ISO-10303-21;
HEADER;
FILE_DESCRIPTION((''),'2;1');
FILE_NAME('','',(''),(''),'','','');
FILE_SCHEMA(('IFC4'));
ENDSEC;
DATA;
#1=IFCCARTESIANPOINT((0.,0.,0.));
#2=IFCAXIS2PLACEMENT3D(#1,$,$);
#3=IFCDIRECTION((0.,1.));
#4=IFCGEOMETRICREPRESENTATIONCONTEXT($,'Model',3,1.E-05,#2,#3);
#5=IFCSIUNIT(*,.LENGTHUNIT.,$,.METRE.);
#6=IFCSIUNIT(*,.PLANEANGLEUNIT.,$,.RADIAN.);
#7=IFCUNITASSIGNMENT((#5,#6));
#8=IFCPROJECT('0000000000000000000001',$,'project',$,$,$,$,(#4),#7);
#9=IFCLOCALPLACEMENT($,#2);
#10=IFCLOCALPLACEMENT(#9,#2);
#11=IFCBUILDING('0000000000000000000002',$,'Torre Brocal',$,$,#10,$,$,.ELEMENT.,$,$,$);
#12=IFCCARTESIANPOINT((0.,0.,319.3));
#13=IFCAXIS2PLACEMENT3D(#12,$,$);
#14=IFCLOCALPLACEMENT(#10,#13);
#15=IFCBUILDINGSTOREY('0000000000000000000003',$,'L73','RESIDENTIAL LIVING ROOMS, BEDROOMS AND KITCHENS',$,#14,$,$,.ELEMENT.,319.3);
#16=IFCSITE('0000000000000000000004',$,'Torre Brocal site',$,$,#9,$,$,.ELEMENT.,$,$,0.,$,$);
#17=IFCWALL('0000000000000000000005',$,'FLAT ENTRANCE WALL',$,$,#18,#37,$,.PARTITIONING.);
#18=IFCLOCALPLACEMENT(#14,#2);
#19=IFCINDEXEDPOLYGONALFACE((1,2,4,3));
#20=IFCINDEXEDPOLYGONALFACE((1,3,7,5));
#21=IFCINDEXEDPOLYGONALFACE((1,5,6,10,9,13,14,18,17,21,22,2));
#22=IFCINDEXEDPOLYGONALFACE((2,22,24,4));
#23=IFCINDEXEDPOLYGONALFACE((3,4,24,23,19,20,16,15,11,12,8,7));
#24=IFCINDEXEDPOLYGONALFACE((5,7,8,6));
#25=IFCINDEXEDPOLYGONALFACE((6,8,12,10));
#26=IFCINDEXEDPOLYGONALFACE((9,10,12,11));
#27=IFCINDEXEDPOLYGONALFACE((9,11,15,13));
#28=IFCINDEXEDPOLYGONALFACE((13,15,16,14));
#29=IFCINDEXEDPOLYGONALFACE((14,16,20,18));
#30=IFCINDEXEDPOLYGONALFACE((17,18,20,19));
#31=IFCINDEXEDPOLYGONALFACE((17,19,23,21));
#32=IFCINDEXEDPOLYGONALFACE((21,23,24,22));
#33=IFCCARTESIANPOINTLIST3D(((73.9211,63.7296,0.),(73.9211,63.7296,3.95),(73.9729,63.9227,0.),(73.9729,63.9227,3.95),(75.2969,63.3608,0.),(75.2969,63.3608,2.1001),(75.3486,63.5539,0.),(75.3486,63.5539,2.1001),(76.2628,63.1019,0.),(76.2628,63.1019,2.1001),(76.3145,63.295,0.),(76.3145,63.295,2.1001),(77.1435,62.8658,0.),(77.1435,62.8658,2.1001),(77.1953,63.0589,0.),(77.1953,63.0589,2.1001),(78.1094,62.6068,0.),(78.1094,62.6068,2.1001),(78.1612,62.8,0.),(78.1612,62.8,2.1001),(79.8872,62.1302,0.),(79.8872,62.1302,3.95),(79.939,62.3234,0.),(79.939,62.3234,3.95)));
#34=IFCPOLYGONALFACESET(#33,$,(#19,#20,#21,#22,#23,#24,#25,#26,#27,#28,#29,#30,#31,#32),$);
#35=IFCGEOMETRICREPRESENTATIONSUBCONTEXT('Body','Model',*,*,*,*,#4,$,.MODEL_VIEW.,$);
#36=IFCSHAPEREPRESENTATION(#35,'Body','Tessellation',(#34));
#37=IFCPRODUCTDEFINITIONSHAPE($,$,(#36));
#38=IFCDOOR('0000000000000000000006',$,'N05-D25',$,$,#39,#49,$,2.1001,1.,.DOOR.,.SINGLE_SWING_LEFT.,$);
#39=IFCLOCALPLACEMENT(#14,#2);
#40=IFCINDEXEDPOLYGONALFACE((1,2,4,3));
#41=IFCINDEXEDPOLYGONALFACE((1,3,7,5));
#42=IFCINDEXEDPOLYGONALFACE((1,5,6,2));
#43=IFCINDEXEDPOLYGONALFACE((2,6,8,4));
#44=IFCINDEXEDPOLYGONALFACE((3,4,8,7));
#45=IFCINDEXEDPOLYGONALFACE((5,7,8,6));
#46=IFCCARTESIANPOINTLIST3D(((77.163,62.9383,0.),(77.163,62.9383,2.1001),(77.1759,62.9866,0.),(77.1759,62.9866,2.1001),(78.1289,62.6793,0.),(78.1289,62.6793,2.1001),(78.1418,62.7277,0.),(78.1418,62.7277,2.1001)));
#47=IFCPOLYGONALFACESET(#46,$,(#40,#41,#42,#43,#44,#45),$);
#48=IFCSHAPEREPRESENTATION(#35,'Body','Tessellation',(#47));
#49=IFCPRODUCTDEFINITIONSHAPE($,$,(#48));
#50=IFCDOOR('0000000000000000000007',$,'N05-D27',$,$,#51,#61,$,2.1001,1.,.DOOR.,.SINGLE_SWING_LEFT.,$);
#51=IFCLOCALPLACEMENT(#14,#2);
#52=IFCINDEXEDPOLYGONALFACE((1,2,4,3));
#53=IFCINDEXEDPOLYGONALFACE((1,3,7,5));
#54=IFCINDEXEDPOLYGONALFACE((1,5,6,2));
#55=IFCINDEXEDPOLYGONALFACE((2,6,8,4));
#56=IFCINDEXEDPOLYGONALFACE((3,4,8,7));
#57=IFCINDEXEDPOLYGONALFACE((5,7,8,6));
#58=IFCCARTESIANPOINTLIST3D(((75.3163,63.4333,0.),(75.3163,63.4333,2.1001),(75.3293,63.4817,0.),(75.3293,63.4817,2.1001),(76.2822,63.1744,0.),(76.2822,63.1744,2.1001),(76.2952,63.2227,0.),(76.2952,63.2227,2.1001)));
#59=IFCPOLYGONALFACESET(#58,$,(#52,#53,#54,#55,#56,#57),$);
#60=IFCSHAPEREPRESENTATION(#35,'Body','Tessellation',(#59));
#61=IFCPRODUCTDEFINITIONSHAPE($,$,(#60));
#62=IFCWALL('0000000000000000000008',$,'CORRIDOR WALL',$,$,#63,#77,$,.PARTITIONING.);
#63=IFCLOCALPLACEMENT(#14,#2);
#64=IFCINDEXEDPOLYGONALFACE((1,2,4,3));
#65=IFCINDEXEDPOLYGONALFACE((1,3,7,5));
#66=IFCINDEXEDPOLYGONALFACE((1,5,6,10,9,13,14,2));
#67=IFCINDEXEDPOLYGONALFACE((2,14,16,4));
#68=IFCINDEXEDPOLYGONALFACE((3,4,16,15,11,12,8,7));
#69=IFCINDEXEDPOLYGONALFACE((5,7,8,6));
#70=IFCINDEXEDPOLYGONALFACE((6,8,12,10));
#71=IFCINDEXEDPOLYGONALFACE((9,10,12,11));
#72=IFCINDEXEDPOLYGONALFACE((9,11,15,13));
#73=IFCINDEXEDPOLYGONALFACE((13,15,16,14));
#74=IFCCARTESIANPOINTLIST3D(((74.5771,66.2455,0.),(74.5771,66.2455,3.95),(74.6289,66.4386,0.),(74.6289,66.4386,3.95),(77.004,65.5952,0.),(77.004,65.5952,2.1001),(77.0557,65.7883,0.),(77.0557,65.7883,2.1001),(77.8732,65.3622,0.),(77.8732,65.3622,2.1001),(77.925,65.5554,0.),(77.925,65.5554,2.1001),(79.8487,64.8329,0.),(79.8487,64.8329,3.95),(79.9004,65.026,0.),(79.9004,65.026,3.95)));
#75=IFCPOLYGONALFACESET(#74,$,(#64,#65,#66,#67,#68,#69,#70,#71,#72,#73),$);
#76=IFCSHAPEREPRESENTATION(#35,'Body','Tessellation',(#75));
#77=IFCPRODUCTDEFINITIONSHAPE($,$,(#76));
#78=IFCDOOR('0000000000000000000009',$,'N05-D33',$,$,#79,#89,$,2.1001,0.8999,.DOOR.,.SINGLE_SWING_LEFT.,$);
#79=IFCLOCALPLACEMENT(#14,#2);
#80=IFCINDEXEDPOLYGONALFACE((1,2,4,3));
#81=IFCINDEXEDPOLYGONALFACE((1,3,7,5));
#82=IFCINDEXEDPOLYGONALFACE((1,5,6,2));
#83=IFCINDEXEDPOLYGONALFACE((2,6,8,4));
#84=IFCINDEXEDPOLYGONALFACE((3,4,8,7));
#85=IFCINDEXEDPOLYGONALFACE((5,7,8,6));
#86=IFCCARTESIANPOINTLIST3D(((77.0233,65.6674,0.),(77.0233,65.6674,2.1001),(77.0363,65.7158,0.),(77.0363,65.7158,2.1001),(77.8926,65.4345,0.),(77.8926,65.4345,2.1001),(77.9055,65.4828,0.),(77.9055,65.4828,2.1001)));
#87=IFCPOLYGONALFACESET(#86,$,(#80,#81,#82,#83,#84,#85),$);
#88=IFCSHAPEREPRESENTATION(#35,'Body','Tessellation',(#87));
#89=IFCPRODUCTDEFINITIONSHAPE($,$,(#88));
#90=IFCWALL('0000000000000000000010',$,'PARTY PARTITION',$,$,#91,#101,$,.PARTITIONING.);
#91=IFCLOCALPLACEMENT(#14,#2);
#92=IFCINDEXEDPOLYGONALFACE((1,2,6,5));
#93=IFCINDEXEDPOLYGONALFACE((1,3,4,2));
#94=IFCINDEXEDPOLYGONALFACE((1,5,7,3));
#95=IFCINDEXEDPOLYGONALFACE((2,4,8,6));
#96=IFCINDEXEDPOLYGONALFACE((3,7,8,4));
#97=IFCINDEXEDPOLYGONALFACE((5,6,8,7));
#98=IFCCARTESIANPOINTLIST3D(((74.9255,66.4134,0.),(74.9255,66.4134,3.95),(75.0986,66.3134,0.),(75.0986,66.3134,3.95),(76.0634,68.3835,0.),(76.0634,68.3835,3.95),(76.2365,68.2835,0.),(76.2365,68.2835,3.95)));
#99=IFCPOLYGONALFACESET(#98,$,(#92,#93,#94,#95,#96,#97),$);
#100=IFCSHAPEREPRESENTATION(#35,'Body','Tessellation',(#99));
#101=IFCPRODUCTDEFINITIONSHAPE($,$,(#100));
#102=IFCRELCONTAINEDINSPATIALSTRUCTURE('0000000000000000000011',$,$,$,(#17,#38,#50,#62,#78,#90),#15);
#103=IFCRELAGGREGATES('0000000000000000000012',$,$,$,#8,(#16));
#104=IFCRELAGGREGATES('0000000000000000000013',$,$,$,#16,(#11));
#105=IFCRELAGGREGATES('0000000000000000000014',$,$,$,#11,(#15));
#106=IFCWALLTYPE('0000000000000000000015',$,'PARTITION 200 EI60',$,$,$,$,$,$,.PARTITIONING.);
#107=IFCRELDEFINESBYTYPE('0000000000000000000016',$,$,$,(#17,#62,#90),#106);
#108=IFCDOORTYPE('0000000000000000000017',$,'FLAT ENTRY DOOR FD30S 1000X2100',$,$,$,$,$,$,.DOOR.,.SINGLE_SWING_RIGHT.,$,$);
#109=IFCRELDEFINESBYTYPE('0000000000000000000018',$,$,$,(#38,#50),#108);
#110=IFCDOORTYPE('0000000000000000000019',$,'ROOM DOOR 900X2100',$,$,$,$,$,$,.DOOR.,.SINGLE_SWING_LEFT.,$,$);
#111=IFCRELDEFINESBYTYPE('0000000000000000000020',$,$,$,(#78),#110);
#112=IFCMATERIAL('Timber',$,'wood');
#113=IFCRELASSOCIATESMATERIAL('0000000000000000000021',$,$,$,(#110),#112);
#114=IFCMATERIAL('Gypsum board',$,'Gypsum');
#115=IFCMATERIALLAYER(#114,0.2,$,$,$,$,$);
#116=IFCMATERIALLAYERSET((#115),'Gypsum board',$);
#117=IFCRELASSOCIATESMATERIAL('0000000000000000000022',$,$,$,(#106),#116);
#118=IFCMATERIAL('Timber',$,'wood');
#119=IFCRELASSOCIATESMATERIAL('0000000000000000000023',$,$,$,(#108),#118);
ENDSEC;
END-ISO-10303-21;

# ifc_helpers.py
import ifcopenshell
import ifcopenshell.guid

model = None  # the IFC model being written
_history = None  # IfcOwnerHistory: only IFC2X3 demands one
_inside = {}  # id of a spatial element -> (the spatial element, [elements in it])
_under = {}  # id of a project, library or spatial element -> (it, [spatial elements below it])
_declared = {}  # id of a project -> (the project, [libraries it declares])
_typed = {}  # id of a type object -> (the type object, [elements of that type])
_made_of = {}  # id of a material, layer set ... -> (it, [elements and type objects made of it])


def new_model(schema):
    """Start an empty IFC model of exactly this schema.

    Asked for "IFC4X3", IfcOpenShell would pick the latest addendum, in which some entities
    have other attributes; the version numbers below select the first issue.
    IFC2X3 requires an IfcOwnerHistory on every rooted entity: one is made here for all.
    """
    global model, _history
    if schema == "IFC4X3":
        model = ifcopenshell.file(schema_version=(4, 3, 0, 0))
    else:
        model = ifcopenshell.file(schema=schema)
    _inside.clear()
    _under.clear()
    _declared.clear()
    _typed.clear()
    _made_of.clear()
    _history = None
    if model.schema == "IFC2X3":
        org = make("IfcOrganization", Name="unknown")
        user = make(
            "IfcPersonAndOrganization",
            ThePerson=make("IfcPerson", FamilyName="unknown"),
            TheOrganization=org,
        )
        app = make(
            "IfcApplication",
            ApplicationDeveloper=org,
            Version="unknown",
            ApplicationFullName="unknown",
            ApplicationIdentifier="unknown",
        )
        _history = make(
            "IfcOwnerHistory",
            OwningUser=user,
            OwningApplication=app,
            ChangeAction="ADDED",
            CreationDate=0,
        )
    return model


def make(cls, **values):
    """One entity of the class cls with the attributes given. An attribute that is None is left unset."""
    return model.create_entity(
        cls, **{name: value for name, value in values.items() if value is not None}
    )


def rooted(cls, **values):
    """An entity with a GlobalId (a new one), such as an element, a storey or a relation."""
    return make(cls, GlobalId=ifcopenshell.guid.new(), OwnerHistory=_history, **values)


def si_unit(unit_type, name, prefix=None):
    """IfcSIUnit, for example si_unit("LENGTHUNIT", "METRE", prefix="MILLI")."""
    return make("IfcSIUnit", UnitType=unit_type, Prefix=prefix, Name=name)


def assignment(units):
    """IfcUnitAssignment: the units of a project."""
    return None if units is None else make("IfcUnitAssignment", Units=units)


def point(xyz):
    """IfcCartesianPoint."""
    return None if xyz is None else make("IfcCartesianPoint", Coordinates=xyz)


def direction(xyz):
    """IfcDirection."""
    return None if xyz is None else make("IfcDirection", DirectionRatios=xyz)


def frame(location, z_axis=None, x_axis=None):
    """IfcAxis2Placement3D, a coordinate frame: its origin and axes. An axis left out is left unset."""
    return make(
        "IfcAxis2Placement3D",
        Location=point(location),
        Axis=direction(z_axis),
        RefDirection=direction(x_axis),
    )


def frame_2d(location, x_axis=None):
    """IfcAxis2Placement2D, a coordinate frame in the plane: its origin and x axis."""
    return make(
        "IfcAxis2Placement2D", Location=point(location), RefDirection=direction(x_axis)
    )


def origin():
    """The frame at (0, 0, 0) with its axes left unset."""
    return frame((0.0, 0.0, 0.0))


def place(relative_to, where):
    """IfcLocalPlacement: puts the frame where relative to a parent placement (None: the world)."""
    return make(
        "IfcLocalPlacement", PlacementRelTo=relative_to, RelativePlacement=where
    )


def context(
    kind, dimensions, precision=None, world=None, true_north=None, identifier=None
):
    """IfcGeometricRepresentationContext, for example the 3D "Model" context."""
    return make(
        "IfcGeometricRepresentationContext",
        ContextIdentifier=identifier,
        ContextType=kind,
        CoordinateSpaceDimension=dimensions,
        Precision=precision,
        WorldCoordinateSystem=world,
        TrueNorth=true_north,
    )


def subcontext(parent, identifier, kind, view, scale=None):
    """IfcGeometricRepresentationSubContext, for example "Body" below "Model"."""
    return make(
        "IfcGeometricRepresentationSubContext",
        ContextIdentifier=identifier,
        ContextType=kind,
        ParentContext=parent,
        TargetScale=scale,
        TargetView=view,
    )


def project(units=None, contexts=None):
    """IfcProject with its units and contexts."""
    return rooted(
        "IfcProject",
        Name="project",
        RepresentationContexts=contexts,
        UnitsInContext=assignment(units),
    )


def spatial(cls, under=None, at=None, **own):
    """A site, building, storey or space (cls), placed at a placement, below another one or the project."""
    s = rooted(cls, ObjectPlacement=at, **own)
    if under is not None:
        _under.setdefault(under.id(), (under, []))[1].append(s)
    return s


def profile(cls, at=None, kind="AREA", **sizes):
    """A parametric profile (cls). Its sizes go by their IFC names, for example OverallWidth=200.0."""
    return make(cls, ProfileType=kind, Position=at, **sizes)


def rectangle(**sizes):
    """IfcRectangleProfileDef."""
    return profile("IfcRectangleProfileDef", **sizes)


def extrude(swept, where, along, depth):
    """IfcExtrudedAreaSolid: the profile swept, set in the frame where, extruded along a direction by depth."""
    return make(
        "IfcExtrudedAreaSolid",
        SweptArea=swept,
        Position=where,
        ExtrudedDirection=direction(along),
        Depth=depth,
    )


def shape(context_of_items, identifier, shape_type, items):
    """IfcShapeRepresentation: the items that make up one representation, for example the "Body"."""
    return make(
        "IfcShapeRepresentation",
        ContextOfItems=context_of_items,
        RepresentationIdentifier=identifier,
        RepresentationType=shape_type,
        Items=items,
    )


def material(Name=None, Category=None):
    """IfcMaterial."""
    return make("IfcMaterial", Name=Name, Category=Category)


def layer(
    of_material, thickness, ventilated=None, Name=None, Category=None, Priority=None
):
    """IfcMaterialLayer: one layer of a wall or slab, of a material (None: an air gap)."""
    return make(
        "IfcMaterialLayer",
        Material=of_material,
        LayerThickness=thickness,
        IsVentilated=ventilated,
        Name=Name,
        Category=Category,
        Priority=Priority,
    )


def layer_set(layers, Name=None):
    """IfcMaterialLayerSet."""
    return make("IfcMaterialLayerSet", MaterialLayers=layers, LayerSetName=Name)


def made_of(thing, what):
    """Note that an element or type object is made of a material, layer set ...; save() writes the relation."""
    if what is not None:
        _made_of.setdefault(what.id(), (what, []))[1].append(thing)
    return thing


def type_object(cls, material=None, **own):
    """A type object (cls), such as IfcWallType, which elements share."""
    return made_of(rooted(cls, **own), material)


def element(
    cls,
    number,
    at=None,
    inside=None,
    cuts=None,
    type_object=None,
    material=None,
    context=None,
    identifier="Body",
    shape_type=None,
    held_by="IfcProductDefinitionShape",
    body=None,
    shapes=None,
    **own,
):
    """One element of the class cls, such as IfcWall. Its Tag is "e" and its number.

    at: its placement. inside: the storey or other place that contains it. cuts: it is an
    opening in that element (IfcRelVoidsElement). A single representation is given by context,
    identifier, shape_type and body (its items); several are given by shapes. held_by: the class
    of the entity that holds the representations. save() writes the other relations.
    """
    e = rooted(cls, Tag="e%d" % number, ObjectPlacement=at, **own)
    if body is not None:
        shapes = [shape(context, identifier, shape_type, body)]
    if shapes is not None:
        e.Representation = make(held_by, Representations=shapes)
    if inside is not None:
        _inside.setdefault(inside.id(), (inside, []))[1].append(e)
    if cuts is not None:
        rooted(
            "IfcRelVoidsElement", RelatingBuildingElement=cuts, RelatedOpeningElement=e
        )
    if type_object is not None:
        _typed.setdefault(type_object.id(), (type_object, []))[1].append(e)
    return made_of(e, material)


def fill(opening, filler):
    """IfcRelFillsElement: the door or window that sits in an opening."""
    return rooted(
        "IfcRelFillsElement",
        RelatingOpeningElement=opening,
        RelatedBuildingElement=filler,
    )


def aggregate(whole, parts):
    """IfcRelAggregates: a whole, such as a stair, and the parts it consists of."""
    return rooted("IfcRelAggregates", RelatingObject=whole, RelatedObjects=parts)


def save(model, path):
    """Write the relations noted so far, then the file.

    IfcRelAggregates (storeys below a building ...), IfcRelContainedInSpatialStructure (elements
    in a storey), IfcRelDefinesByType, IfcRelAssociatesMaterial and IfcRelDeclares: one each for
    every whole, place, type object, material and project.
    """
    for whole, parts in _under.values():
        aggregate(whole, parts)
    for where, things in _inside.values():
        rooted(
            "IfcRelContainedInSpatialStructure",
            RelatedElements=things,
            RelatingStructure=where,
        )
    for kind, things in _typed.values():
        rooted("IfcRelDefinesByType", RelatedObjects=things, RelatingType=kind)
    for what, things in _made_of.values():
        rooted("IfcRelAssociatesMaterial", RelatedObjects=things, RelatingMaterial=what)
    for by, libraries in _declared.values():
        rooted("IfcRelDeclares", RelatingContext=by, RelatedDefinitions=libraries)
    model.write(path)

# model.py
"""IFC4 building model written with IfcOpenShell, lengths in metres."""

from ifc_helpers import new_model, si_unit, direction, frame, frame_2d, origin, place, context, subcontext, project, spatial, rectangle, extrude, material, layer, layer_set, type_object, element, fill, save


model = new_model("IFC4")

# Units and contexts
model_context = context("Model", 3, precision=1e-05, world=origin(), true_north=direction((0.0, 1.0)))
body_context = subcontext(model_context, "Body", "Model", "MODEL_VIEW")
ifc_project = project(units=[si_unit("LENGTHUNIT", "METRE"), si_unit("PLANEANGLEUNIT", "RADIAN")], contexts=[model_context])

# Site, building, storey
site_placement = place(None, origin())
site = spatial("IfcSite", under=ifc_project, at=site_placement, Name="Torre Brocal site", CompositionType="ELEMENT", RefElevation=0.0)
building_placement = place(site_placement, origin())
building = spatial("IfcBuilding", under=site, at=building_placement, Name="Torre Brocal", CompositionType="ELEMENT")
storey_placement = place(building_placement, frame((0.0, 0.0, 319.3)))
storey = spatial("IfcBuildingStorey", under=building, at=storey_placement, Name="L73", Description="RESIDENTIAL LIVING ROOMS, BEDROOMS AND KITCHENS", CompositionType="ELEMENT", Elevation=319.3)

# Shared definitions
ifc_material_1 = material(Name="Timber", Category="wood")
door_type_1 = type_object("IfcDoorType", Name="ROOM DOOR 900X2100", OperationType="SINGLE_SWING_LEFT", PredefinedType="DOOR", material=ifc_material_1)

# Wall, openings, doors
ifc_material_2 = material(Name="Gypsum board", Category="Gypsum")
ifc_layer_1 = layer(ifc_material_2, 0.2)
ifc_layer_set_1 = layer_set([ifc_layer_1], Name="Gypsum board")
wall_type_1 = type_object("IfcWallType", Name="PARTITION 200 EI60", PredefinedType="PARTITIONING", material=ifc_layer_set_1)
wall_1_placement = place(storey_placement, frame((73.947, 63.8262, 0.0), z_axis=(0.0, 0.0, 1.0), x_axis=(0.965895, -0.258934, 0.0)))
wall_1 = element("IfcWall", 1, at=wall_1_placement, inside=storey, type_object=wall_type_1, Name="FLAT ENTRANCE WALL", PredefinedType="PARTITIONING", context=body_context, shape_type="SweptSolid", body=[
    extrude(rectangle(XDim=6.1768, YDim=0.2, at=frame_2d((3.0884, 0.0))), origin(), (0.0, 0.0, 1.0), 3.95),
])
opening_1_placement = place(wall_1_placement, frame((3.3362, 0.0, 0.0)))
opening_1 = element("IfcOpeningElement", 2, at=opening_1_placement, cuts=wall_1, PredefinedType="OPENING", context=body_context, shape_type="SweptSolid", body=[
    extrude(rectangle(XDim=1.0, YDim=2.1001, at=frame_2d((0.5, 1.05))), frame((0.0, 0.1099, 0.0), z_axis=(0.0, -1.0, 0.0), x_axis=(1.0, 0.0, 0.0)), (0.0, 0.0, 1.0), 0.22),
])
opening_2_placement = place(wall_1_placement, frame((1.4243, 0.0, 0.0)))
opening_2 = element("IfcOpeningElement", 3, at=opening_2_placement, cuts=wall_1, PredefinedType="OPENING", context=body_context, shape_type="SweptSolid", body=[
    extrude(rectangle(XDim=1.0, YDim=2.1001, at=frame_2d((0.5, 1.05))), frame((0.0, 0.1099, 0.0), z_axis=(0.0, -1.0, 0.0), x_axis=(1.0, 0.0, 0.0)), (0.0, 0.0, 1.0), 0.22),
])
ifc_material_3 = material(Name="Timber", Category="wood")
door_type_2 = type_object("IfcDoorType", Name="FLAT ENTRY DOOR FD30S 1000X2100", OperationType="SINGLE_SWING_RIGHT", PredefinedType="DOOR", material=ifc_material_3)
door_1_placement = place(opening_1_placement, frame((1.0, 0.0, 0.0), z_axis=(0.0, 0.0, 1.0), x_axis=(-1.0, 0.0, 0.0)))
door_1 = element("IfcDoor", 4, at=door_1_placement, inside=storey, type_object=door_type_2, Name="N05-D25", OperationType="SINGLE_SWING_LEFT", OverallHeight=2.1001, OverallWidth=1.0, PredefinedType="DOOR", context=body_context, shape_type="SweptSolid", body=[
    extrude(rectangle(XDim=1.0, YDim=2.1001, at=frame_2d((0.5, 1.05))), frame((0.0, 0.0249, 0.0), z_axis=(0.0, -1.0, 0.0), x_axis=(1.0, 0.0, 0.0)), (0.0, 0.0, 1.0), 0.05),
])
fill(opening_1, door_1)
door_2_placement = place(opening_2_placement, frame((1.0, 0.0, 0.0), z_axis=(0.0, 0.0, 1.0), x_axis=(-1.0, 0.0, 0.0)))
door_2 = element("IfcDoor", 5, at=door_2_placement, inside=storey, type_object=door_type_2, Name="N05-D27", OperationType="SINGLE_SWING_LEFT", OverallHeight=2.1001, OverallWidth=1.0, PredefinedType="DOOR", context=body_context, shape_type="SweptSolid", body=[
    extrude(rectangle(XDim=1.0, YDim=2.1001, at=frame_2d((0.5, 1.05))), frame((0.0, 0.0249, 0.0), z_axis=(0.0, -1.0, 0.0), x_axis=(1.0, 0.0, 0.0)), (0.0, 0.0, 1.0), 0.05),
])
fill(opening_2, door_2)

# Wall, opening, door
wall_2_placement = place(storey_placement, frame((74.603, 66.342, 0.0), z_axis=(0.0, 0.0, 1.0), x_axis=(0.965921, -0.258837, 0.0)))
wall_2 = element("IfcWall", 6, at=wall_2_placement, inside=storey, type_object=wall_type_1, Name="CORRIDOR WALL", PredefinedType="PARTITIONING", context=body_context, shape_type="SweptSolid", body=[
    extrude(rectangle(XDim=5.4575, YDim=0.2, at=frame_2d((2.7288, 0.0))), origin(), (0.0, 0.0, 1.0), 3.95),
])
opening_3_placement = place(wall_2_placement, frame((2.5125, 0.0, 0.0)))
opening_3 = element("IfcOpeningElement", 7, at=opening_3_placement, cuts=wall_2, PredefinedType="OPENING", context=body_context, shape_type="SweptSolid", body=[
    extrude(rectangle(XDim=0.8999, YDim=2.1001, at=frame_2d((0.45, 1.05))), frame((0.0, 0.1099, 0.0), z_axis=(0.0, -1.0, 0.0), x_axis=(1.0, 0.0, 0.0)), (0.0, 0.0, 1.0), 0.22),
])
door_3_placement = place(opening_3_placement, origin())
door_3 = element("IfcDoor", 8, at=door_3_placement, inside=storey, type_object=door_type_1, Name="N05-D33", OperationType="SINGLE_SWING_LEFT", OverallHeight=2.1001, OverallWidth=0.8999, PredefinedType="DOOR", context=body_context, shape_type="SweptSolid", body=[
    extrude(rectangle(XDim=0.8999, YDim=2.1001, at=frame_2d((0.45, 1.05))), frame((0.0, 0.0249, 0.0), z_axis=(0.0, -1.0, 0.0), x_axis=(1.0, 0.0, 0.0)), (0.0, 0.0, 1.0), 0.05),
])
fill(opening_3, door_3)

# Wall
wall_3_placement = place(storey_placement, frame((75.012, 66.3633, 0.0), z_axis=(0.0, 0.0, 1.0), x_axis=(0.500144, 0.865943, 0.0)))
element("IfcWall", 9, at=wall_3_placement, inside=storey, type_object=wall_type_1, Name="PARTY PARTITION", PredefinedType="PARTITIONING", context=body_context, shape_type="SweptSolid", body=[
    extrude(rectangle(XDim=2.2751, YDim=0.2, at=frame_2d((1.1377, 0.0))), origin(), (0.0, 0.0, 1.0), 3.95),
])

save(model, "model.ifc")
